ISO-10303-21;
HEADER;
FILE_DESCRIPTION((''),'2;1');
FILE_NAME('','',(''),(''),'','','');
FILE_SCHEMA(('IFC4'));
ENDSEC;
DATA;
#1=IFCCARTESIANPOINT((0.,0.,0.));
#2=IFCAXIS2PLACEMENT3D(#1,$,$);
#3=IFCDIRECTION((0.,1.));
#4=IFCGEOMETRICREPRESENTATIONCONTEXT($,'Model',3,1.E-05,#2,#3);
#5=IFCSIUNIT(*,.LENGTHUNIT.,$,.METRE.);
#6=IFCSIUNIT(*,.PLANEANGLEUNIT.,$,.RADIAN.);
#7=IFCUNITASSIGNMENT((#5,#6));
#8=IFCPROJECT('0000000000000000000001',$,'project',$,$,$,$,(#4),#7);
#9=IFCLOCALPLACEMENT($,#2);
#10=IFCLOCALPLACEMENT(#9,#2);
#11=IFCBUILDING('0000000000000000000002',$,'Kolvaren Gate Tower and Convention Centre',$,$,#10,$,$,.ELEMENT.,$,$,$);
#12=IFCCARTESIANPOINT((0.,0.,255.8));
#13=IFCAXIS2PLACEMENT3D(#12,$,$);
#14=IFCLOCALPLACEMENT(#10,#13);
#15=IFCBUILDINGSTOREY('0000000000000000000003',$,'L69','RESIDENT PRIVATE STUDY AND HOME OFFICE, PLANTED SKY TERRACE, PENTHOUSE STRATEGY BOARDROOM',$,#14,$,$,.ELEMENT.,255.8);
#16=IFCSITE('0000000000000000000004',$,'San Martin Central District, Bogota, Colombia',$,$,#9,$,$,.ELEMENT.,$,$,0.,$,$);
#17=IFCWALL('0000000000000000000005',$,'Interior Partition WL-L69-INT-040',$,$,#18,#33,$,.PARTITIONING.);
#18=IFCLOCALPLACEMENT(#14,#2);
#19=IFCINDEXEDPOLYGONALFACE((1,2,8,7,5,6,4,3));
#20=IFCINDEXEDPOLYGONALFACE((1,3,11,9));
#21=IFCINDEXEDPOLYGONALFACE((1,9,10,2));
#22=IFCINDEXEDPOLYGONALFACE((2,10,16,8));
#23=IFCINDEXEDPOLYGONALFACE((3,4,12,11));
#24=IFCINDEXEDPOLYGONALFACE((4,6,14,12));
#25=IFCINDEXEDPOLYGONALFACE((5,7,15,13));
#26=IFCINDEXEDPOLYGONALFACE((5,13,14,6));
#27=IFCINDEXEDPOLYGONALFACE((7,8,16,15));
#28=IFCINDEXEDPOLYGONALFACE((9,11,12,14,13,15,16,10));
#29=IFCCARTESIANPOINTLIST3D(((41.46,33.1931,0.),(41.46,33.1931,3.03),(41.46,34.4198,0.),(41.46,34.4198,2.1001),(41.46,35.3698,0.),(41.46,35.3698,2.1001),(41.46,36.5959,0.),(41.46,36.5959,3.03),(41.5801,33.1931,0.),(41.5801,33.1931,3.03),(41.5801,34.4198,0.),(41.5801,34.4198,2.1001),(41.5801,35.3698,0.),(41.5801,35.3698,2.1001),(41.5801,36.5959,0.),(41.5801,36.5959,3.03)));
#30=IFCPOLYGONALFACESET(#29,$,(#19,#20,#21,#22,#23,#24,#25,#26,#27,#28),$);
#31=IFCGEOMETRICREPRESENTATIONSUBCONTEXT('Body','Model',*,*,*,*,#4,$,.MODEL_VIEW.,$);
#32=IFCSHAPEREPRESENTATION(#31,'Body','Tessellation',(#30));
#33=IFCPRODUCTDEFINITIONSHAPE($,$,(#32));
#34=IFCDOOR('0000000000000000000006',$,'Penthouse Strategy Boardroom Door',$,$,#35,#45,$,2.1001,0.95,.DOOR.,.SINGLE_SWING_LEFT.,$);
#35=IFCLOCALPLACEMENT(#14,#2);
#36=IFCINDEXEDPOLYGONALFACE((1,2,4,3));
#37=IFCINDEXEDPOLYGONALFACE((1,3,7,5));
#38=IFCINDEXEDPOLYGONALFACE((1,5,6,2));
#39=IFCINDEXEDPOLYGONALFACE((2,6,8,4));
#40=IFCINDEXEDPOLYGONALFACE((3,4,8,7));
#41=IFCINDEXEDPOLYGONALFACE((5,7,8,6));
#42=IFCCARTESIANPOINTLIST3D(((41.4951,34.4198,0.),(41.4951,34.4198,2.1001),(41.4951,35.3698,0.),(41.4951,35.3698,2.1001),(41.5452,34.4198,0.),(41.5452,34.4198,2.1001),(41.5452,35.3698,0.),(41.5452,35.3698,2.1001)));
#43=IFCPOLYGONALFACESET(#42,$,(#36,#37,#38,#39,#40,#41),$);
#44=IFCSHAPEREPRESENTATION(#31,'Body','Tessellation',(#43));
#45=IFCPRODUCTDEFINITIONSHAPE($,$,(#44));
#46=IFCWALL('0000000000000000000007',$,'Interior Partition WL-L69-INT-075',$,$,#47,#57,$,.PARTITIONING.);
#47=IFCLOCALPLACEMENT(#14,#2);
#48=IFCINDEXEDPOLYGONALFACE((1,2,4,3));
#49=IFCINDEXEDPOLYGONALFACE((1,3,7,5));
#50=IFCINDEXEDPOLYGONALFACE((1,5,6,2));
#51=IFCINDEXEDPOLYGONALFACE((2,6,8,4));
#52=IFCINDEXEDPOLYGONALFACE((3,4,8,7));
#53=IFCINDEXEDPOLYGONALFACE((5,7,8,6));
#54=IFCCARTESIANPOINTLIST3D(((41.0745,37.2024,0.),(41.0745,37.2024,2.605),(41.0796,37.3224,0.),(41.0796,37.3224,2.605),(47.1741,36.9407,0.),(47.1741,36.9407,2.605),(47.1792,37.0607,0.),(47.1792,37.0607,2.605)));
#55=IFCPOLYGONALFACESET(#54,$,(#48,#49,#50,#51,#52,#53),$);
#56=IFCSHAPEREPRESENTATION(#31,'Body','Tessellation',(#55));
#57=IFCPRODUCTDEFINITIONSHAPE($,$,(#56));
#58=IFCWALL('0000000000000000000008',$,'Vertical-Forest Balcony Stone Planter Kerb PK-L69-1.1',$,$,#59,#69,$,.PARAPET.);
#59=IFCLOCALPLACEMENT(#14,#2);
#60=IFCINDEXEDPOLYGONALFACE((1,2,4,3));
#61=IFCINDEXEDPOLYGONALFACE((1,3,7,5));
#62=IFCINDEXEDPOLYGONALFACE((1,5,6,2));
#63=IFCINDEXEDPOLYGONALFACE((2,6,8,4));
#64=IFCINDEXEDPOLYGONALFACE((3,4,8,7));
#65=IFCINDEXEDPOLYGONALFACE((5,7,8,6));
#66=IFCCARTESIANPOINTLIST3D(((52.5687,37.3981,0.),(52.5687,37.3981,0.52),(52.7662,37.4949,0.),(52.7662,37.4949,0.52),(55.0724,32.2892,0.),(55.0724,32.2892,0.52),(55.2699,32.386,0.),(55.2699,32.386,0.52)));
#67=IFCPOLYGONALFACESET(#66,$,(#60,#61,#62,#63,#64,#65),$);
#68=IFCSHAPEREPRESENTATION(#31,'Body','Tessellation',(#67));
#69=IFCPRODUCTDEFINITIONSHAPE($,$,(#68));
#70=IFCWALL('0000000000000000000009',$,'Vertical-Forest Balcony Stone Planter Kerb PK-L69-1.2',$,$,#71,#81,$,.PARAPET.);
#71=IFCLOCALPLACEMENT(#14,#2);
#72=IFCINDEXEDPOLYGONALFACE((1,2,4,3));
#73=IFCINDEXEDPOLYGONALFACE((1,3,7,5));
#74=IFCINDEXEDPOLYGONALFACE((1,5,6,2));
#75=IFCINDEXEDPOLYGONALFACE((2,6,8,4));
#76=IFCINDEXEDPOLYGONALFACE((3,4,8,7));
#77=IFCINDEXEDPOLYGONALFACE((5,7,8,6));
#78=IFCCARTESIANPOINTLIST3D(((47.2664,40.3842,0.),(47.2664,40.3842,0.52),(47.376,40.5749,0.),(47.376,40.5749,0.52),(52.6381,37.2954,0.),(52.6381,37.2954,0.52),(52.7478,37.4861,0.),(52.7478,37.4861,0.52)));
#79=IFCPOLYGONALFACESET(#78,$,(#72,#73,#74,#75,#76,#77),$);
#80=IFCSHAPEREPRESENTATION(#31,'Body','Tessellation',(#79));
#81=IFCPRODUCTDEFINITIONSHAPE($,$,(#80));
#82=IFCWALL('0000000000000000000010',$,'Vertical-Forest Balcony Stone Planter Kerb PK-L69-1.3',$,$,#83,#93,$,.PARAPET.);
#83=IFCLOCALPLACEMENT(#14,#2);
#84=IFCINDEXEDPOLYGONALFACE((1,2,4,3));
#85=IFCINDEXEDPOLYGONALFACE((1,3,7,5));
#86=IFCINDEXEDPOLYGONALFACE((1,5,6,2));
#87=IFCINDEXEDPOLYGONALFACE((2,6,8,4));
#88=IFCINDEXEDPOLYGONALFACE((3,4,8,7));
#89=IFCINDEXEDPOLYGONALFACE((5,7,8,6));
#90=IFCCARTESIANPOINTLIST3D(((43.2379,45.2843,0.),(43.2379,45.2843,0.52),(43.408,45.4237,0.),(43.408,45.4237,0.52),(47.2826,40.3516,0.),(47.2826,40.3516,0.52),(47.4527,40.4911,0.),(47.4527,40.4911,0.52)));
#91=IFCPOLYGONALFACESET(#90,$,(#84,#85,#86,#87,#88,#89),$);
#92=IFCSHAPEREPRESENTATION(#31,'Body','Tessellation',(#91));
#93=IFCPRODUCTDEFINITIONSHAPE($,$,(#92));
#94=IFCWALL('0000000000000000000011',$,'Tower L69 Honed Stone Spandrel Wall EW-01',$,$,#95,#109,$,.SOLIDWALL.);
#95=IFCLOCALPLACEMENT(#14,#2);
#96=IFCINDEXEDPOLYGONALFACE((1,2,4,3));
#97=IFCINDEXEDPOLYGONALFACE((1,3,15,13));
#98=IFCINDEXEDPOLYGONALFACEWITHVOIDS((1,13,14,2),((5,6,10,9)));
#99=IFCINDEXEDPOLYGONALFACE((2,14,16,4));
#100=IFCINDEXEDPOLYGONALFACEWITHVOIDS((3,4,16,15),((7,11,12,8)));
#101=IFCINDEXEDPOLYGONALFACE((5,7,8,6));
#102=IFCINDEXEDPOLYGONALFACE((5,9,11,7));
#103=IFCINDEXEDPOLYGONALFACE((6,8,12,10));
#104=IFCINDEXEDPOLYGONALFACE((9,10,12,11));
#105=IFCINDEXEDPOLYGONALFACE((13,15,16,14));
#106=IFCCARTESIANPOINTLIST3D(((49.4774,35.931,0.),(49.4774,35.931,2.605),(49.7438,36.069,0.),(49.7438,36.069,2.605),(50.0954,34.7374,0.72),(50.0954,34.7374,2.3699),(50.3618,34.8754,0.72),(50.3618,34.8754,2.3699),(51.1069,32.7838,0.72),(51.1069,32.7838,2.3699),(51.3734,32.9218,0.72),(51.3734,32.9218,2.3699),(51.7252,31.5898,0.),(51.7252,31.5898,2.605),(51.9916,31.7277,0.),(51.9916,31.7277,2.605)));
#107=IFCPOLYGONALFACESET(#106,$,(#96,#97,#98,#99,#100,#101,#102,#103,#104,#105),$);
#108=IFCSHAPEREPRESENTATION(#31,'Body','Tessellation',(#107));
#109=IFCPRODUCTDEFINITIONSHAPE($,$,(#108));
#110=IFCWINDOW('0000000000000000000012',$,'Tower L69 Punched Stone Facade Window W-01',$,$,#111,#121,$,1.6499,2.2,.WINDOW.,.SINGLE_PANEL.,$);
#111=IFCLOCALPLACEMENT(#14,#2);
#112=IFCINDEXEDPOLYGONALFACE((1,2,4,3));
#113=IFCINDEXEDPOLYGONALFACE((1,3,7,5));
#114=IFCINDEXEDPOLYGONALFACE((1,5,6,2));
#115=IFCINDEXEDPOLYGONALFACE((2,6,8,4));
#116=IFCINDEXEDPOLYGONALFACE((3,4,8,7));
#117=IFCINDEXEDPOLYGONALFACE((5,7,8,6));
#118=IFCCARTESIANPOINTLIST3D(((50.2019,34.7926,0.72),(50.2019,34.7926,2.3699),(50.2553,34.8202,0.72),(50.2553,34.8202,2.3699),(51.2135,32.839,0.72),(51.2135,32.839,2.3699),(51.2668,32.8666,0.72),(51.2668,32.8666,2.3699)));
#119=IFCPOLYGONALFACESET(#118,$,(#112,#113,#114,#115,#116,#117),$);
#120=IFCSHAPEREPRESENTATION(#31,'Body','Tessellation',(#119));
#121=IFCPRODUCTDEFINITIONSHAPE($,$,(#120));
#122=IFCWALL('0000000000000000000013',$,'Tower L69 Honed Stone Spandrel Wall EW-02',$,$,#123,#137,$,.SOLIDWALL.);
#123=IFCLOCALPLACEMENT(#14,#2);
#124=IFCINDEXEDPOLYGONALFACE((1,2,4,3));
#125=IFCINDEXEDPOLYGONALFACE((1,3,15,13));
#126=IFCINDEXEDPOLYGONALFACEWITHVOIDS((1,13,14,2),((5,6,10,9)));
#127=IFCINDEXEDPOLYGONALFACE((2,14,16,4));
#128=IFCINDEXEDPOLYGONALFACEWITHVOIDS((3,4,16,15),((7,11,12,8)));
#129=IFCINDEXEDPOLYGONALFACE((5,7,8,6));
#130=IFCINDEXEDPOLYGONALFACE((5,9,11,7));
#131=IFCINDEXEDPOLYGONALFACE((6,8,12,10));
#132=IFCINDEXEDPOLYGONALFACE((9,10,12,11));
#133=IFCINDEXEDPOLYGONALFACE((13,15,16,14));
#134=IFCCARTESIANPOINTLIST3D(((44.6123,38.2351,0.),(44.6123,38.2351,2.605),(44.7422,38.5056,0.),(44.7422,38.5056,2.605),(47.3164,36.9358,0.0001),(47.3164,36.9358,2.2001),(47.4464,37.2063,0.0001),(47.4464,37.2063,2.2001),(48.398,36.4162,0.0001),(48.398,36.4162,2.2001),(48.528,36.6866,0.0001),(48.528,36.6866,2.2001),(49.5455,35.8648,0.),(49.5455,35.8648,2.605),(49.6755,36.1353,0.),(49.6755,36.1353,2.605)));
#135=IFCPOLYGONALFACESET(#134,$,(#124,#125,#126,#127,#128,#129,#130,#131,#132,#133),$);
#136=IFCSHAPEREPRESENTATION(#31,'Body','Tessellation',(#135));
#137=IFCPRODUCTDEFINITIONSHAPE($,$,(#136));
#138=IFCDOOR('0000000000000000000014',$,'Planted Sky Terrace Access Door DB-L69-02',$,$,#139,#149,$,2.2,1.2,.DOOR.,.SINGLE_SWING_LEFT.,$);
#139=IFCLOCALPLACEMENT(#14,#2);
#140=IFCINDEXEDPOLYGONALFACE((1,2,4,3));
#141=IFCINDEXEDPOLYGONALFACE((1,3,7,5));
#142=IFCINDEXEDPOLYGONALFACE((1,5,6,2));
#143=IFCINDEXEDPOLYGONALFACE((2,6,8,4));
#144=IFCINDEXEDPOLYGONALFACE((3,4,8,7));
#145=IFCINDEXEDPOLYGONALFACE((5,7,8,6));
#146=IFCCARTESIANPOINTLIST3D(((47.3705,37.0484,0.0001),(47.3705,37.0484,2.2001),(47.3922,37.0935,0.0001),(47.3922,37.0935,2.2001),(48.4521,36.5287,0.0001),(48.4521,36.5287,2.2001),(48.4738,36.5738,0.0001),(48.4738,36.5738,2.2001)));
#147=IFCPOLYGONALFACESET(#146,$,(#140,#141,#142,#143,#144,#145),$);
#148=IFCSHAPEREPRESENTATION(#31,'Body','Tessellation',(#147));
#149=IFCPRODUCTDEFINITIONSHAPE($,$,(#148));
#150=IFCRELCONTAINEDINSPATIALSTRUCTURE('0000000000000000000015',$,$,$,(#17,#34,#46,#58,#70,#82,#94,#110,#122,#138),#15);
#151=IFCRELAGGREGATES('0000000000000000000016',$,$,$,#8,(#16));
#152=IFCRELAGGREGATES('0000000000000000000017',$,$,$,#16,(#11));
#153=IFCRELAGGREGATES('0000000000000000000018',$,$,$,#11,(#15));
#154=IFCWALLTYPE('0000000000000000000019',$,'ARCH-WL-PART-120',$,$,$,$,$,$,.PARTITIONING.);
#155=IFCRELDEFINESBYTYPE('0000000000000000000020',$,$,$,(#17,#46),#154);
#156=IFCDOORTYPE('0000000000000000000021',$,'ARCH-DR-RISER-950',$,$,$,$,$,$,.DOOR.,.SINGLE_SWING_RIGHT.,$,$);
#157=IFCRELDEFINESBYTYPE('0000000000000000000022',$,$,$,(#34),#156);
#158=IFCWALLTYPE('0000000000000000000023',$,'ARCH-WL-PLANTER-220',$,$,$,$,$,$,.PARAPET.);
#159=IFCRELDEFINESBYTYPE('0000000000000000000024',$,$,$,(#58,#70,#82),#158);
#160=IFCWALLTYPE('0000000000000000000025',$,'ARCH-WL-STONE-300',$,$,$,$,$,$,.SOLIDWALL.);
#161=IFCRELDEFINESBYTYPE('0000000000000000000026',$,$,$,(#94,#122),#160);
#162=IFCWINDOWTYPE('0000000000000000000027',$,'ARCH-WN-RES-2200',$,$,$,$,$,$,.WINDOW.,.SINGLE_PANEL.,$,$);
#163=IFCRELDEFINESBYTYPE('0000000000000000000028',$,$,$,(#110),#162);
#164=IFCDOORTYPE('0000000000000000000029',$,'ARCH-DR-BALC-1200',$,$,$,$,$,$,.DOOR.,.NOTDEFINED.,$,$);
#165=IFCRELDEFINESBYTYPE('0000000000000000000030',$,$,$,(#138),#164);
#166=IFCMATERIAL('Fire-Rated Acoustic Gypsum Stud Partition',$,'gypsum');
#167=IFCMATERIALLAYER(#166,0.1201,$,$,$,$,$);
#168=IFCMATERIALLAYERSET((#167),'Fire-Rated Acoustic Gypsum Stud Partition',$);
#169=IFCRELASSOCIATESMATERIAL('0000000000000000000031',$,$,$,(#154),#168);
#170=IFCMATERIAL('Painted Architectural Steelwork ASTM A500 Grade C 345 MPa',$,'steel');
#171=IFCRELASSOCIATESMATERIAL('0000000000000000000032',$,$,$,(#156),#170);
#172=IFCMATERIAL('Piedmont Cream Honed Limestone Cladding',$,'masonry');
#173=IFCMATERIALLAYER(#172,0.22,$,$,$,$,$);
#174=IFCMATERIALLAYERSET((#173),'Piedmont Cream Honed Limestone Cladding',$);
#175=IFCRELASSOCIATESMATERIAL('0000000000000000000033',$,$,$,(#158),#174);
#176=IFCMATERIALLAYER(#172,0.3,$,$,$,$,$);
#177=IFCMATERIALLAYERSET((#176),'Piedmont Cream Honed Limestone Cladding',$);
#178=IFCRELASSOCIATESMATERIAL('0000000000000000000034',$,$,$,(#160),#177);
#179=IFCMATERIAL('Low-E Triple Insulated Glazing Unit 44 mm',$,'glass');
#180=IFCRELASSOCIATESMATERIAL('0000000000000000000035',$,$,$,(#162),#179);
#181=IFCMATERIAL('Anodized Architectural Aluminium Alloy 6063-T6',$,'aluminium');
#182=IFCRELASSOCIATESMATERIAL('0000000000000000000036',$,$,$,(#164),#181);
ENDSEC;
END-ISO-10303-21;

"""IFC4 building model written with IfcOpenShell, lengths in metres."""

from ifc_helpers import new_model, si_unit, direction, frame, frame_2d, origin, place, context, subcontext, project, spatial, rectangle, extrude, material, layer, layer_set, type_object, element, fill, save


model = new_model("IFC4")

# Units and contexts
model_context = context("Model", 3, precision=1e-05, world=origin(), true_north=direction((0.0, 1.0)))
body_context = subcontext(model_context, "Body", "Model", "MODEL_VIEW")
ifc_project = project(units=[si_unit("LENGTHUNIT", "METRE"), si_unit("PLANEANGLEUNIT", "RADIAN")], contexts=[model_context])

# Site, building, storey
site_placement = place(None, origin())
site = spatial("IfcSite", under=ifc_project, at=site_placement, Name="San Martin Central District, Bogota, Colombia", CompositionType="ELEMENT", RefElevation=0.0)
building_placement = place(site_placement, origin())
building = spatial("IfcBuilding", under=site, at=building_placement, Name="Kolvaren Gate Tower and Convention Centre", CompositionType="ELEMENT")
storey_placement = place(building_placement, frame((0.0, 0.0, 255.8)))
storey = spatial("IfcBuildingStorey", under=building, at=storey_placement, Name="L69", Description="RESIDENT PRIVATE STUDY AND HOME OFFICE, PLANTED SKY TERRACE, PENTHOUSE STRATEGY BOARDROOM", CompositionType="ELEMENT", Elevation=255.8)

# Wall, opening, door
ifc_material_1 = material(Name="Fire-Rated Acoustic Gypsum Stud Partition", Category="gypsum")
ifc_layer_1 = layer(ifc_material_1, 0.1201)
ifc_layer_set_1 = layer_set([ifc_layer_1], Name="Fire-Rated Acoustic Gypsum Stud Partition")
wall_type_1 = type_object("IfcWallType", Name="ARCH-WL-PART-120", PredefinedType="PARTITIONING", material=ifc_layer_set_1)
wall_1_placement = place(storey_placement, frame((41.52, 33.1931, 0.0), z_axis=(0.0, 0.0, 1.0), x_axis=(0.0, 1.0, 0.0)))
wall_1 = element("IfcWall", 1, at=wall_1_placement, inside=storey, type_object=wall_type_1, Name="Interior Partition WL-L69-INT-040", PredefinedType="PARTITIONING", context=body_context, shape_type="SweptSolid", body=[
    extrude(rectangle(XDim=3.4028, YDim=0.1201, at=frame_2d((1.7014, 0.0))), origin(), (0.0, 0.0, 1.0), 3.03),
])
opening_1_placement = place(wall_1_placement, frame((1.2266, 0.0, 0.0)))
opening_1 = element("IfcOpeningElement", 2, at=opening_1_placement, cuts=wall_1, PredefinedType="OPENING", context=body_context, shape_type="SweptSolid", body=[
    extrude(rectangle(XDim=0.95, YDim=2.1001, at=frame_2d((0.4751, 1.05))), frame((0.0, 0.0701, 0.0), z_axis=(0.0, -1.0, 0.0), x_axis=(1.0, 0.0, 0.0)), (0.0, 0.0, 1.0), 0.1401),
])
ifc_material_2 = material(Name="Painted Architectural Steelwork ASTM A500 Grade C 345 MPa", Category="steel")
door_type_1 = type_object("IfcDoorType", Name="ARCH-DR-RISER-950", OperationType="SINGLE_SWING_RIGHT", PredefinedType="DOOR", material=ifc_material_2)
door_1_placement = place(opening_1_placement, origin())
door_1 = element("IfcDoor", 3, at=door_1_placement, inside=storey, type_object=door_type_1, Name="Penthouse Strategy Boardroom Door", OperationType="SINGLE_SWING_LEFT", OverallHeight=2.1001, OverallWidth=0.95, PredefinedType="DOOR", context=body_context, shape_type="SweptSolid", body=[
    extrude(rectangle(XDim=0.95, YDim=2.1001, at=frame_2d((0.4751, 1.05))), frame((0.0, 0.0249, 0.0), z_axis=(0.0, -1.0, 0.0), x_axis=(1.0, 0.0, 0.0)), (0.0, 0.0, 1.0), 0.05),
])
fill(opening_1, door_1)

# Walls
wall_2_placement = place(storey_placement, frame((41.0769, 37.2625, 0.0), z_axis=(0.0, 0.0, 1.0), x_axis=(0.999081, -0.042868, 0.0)))
element("IfcWall", 4, at=wall_2_placement, inside=storey, type_object=wall_type_1, Name="Interior Partition WL-L69-INT-075", PredefinedType="PARTITIONING", context=body_context, shape_type="SweptSolid", body=[
    extrude(rectangle(XDim=6.1052, YDim=0.1201, at=frame_2d((3.0527, 0.0))), origin(), (0.0, 0.0, 1.0), 2.605),
])
ifc_material_3 = material(Name="Piedmont Cream Honed Limestone Cladding", Category="masonry")
ifc_layer_2 = layer(ifc_material_3, 0.22)
ifc_layer_set_2 = layer_set([ifc_layer_2], Name="Piedmont Cream Honed Limestone Cladding")
wall_type_2 = type_object("IfcWallType", Name="ARCH-WL-PLANTER-220", PredefinedType="PARAPET", material=ifc_layer_set_2)
wall_3_placement = place(storey_placement, frame((52.6675, 37.4465, 0.0), z_axis=(0.0, 0.0, 1.0), x_axis=(0.440059, -0.897969, 0.0)))
element("IfcWall", 5, at=wall_3_placement, inside=storey, type_object=wall_type_2, Name="Vertical-Forest Balcony Stone Planter Kerb PK-L69-1.1", PredefinedType="PARAPET", context=body_context, shape_type="SweptSolid", body=[
    extrude(rectangle(XDim=5.6895, YDim=0.22, at=frame_2d((2.8447, 0.0))), origin(), (0.0, 0.0, 1.0), 0.52),
])
wall_4_placement = place(storey_placement, frame((47.3213, 40.4795, 0.0), z_axis=(0.0, 0.0, 1.0), x_axis=(0.866902, -0.498479, 0.0)))
element("IfcWall", 6, at=wall_4_placement, inside=storey, type_object=wall_type_2, Name="Vertical-Forest Balcony Stone Planter Kerb PK-L69-1.2", PredefinedType="PARAPET", context=body_context, shape_type="SweptSolid", body=[
    extrude(rectangle(XDim=6.1965, YDim=0.22, at=frame_2d((3.0981, 0.0))), origin(), (0.0, 0.0, 1.0), 0.52),
])
wall_5_placement = place(storey_placement, frame((43.323, 45.354, 0.0), z_axis=(0.0, 0.0, 1.0), x_axis=(0.634073, -0.773273, 0.0)))
element("IfcWall", 7, at=wall_5_placement, inside=storey, type_object=wall_type_2, Name="Vertical-Forest Balcony Stone Planter Kerb PK-L69-1.3", PredefinedType="PARAPET", context=body_context, shape_type="SweptSolid", body=[
    extrude(rectangle(XDim=6.3789, YDim=0.22, at=frame_2d((3.1895, 0.0))), origin(), (0.0, 0.0, 1.0), 0.52),
])

# Wall, opening, window
ifc_layer_3 = layer(ifc_material_3, 0.3)
ifc_layer_set_3 = layer_set([ifc_layer_3], Name="Piedmont Cream Honed Limestone Cladding")
wall_type_3 = type_object("IfcWallType", Name="ARCH-WL-STONE-300", PredefinedType="SOLIDWALL", material=ifc_layer_set_3)
wall_6_placement = place(storey_placement, frame((49.6106, 36.0, 0.0), z_axis=(0.0, 0.0, 1.0), x_axis=(0.459794, -0.888026, 0.0)))
wall_6 = element("IfcWall", 8, at=wall_6_placement, inside=storey, type_object=wall_type_3, Name="Tower L69 Honed Stone Spandrel Wall EW-01", PredefinedType="SOLIDWALL", context=body_context, shape_type="SweptSolid", body=[
    extrude(rectangle(XDim=4.8887, YDim=0.3, at=frame_2d((2.4443, 0.0))), origin(), (0.0, 0.0, 1.0), 2.605),
])
opening_2_placement = place(wall_6_placement, frame((1.344, 0.0, 0.72)))
opening_2 = element("IfcOpeningElement", 9, at=opening_2_placement, cuts=wall_6, PredefinedType="OPENING", context=body_context, shape_type="SweptSolid", body=[
    extrude(rectangle(XDim=2.2, YDim=1.6499, at=frame_2d((1.1001, 0.825))), frame((0.0, 0.1599, 0.0), z_axis=(0.0, -1.0, 0.0), x_axis=(1.0, 0.0, 0.0)), (0.0, 0.0, 1.0), 0.3201),
])
ifc_material_4 = material(Name="Low-E Triple Insulated Glazing Unit 44 mm", Category="glass")
window_type = type_object("IfcWindowType", Name="ARCH-WN-RES-2200", PartitioningType="SINGLE_PANEL", PredefinedType="WINDOW", material=ifc_material_4)
window_1_placement = place(opening_2_placement, origin())
window_1 = element("IfcWindow", 10, at=window_1_placement, inside=storey, type_object=window_type, Name="Tower L69 Punched Stone Facade Window W-01", OverallHeight=1.6499, OverallWidth=2.2, PartitioningType="SINGLE_PANEL", PredefinedType="WINDOW", context=body_context, shape_type="SweptSolid", body=[
    extrude(rectangle(XDim=2.2, YDim=1.6499, at=frame_2d((1.1001, 0.825))), frame((0.0, 0.03, 0.0), z_axis=(0.0, -1.0, 0.0), x_axis=(1.0, 0.0, 0.0)), (0.0, 0.0, 1.0), 0.0601),
])
fill(opening_2, window_1)

# Wall, opening, door
wall_7_placement = place(storey_placement, frame((44.6772, 38.3704, 0.0), z_axis=(0.0, 0.0, 1.0), x_axis=(0.901355, -0.433081, 0.0)))
wall_7 = element("IfcWall", 11, at=wall_7_placement, inside=storey, type_object=wall_type_3, Name="Tower L69 Honed Stone Spandrel Wall EW-02", PredefinedType="SOLIDWALL", context=body_context, shape_type="SweptSolid", body=[
    extrude(rectangle(XDim=5.4731, YDim=0.3, at=frame_2d((2.7366, 0.0))), origin(), (0.0, 0.0, 1.0), 2.605),
])
opening_3_placement = place(wall_7_placement, frame((3.0, 0.0, 0.0)))
opening_3 = element("IfcOpeningElement", 12, at=opening_3_placement, cuts=wall_7, PredefinedType="OPENING", context=body_context, shape_type="SweptSolid", body=[
    extrude(rectangle(XDim=1.2, YDim=2.2, at=frame_2d((0.6001, 1.1001))), frame((0.0, 0.1599, 0.0), z_axis=(0.0, -1.0, 0.0), x_axis=(1.0, 0.0, 0.0)), (0.0, 0.0, 1.0), 0.3201),
])
ifc_material_5 = material(Name="Anodized Architectural Aluminium Alloy 6063-T6", Category="aluminium")
door_type_2 = type_object("IfcDoorType", Name="ARCH-DR-BALC-1200", OperationType="NOTDEFINED", PredefinedType="DOOR", material=ifc_material_5)
door_2_placement = place(opening_3_placement, origin())
door_2 = element("IfcDoor", 13, at=door_2_placement, inside=storey, type_object=door_type_2, Name="Planted Sky Terrace Access Door DB-L69-02", OperationType="SINGLE_SWING_LEFT", OverallHeight=2.2, OverallWidth=1.2, PredefinedType="DOOR", context=body_context, shape_type="SweptSolid", body=[
    extrude(rectangle(XDim=1.2, YDim=2.2, at=frame_2d((0.6001, 1.1001))), frame((0.0, 0.0249, 0.0), z_axis=(0.0, -1.0, 0.0), x_axis=(1.0, 0.0, 0.0)), (0.0, 0.0, 1.0), 0.05),
])
fill(opening_3, door_2)

save(model, "model.ifc")
